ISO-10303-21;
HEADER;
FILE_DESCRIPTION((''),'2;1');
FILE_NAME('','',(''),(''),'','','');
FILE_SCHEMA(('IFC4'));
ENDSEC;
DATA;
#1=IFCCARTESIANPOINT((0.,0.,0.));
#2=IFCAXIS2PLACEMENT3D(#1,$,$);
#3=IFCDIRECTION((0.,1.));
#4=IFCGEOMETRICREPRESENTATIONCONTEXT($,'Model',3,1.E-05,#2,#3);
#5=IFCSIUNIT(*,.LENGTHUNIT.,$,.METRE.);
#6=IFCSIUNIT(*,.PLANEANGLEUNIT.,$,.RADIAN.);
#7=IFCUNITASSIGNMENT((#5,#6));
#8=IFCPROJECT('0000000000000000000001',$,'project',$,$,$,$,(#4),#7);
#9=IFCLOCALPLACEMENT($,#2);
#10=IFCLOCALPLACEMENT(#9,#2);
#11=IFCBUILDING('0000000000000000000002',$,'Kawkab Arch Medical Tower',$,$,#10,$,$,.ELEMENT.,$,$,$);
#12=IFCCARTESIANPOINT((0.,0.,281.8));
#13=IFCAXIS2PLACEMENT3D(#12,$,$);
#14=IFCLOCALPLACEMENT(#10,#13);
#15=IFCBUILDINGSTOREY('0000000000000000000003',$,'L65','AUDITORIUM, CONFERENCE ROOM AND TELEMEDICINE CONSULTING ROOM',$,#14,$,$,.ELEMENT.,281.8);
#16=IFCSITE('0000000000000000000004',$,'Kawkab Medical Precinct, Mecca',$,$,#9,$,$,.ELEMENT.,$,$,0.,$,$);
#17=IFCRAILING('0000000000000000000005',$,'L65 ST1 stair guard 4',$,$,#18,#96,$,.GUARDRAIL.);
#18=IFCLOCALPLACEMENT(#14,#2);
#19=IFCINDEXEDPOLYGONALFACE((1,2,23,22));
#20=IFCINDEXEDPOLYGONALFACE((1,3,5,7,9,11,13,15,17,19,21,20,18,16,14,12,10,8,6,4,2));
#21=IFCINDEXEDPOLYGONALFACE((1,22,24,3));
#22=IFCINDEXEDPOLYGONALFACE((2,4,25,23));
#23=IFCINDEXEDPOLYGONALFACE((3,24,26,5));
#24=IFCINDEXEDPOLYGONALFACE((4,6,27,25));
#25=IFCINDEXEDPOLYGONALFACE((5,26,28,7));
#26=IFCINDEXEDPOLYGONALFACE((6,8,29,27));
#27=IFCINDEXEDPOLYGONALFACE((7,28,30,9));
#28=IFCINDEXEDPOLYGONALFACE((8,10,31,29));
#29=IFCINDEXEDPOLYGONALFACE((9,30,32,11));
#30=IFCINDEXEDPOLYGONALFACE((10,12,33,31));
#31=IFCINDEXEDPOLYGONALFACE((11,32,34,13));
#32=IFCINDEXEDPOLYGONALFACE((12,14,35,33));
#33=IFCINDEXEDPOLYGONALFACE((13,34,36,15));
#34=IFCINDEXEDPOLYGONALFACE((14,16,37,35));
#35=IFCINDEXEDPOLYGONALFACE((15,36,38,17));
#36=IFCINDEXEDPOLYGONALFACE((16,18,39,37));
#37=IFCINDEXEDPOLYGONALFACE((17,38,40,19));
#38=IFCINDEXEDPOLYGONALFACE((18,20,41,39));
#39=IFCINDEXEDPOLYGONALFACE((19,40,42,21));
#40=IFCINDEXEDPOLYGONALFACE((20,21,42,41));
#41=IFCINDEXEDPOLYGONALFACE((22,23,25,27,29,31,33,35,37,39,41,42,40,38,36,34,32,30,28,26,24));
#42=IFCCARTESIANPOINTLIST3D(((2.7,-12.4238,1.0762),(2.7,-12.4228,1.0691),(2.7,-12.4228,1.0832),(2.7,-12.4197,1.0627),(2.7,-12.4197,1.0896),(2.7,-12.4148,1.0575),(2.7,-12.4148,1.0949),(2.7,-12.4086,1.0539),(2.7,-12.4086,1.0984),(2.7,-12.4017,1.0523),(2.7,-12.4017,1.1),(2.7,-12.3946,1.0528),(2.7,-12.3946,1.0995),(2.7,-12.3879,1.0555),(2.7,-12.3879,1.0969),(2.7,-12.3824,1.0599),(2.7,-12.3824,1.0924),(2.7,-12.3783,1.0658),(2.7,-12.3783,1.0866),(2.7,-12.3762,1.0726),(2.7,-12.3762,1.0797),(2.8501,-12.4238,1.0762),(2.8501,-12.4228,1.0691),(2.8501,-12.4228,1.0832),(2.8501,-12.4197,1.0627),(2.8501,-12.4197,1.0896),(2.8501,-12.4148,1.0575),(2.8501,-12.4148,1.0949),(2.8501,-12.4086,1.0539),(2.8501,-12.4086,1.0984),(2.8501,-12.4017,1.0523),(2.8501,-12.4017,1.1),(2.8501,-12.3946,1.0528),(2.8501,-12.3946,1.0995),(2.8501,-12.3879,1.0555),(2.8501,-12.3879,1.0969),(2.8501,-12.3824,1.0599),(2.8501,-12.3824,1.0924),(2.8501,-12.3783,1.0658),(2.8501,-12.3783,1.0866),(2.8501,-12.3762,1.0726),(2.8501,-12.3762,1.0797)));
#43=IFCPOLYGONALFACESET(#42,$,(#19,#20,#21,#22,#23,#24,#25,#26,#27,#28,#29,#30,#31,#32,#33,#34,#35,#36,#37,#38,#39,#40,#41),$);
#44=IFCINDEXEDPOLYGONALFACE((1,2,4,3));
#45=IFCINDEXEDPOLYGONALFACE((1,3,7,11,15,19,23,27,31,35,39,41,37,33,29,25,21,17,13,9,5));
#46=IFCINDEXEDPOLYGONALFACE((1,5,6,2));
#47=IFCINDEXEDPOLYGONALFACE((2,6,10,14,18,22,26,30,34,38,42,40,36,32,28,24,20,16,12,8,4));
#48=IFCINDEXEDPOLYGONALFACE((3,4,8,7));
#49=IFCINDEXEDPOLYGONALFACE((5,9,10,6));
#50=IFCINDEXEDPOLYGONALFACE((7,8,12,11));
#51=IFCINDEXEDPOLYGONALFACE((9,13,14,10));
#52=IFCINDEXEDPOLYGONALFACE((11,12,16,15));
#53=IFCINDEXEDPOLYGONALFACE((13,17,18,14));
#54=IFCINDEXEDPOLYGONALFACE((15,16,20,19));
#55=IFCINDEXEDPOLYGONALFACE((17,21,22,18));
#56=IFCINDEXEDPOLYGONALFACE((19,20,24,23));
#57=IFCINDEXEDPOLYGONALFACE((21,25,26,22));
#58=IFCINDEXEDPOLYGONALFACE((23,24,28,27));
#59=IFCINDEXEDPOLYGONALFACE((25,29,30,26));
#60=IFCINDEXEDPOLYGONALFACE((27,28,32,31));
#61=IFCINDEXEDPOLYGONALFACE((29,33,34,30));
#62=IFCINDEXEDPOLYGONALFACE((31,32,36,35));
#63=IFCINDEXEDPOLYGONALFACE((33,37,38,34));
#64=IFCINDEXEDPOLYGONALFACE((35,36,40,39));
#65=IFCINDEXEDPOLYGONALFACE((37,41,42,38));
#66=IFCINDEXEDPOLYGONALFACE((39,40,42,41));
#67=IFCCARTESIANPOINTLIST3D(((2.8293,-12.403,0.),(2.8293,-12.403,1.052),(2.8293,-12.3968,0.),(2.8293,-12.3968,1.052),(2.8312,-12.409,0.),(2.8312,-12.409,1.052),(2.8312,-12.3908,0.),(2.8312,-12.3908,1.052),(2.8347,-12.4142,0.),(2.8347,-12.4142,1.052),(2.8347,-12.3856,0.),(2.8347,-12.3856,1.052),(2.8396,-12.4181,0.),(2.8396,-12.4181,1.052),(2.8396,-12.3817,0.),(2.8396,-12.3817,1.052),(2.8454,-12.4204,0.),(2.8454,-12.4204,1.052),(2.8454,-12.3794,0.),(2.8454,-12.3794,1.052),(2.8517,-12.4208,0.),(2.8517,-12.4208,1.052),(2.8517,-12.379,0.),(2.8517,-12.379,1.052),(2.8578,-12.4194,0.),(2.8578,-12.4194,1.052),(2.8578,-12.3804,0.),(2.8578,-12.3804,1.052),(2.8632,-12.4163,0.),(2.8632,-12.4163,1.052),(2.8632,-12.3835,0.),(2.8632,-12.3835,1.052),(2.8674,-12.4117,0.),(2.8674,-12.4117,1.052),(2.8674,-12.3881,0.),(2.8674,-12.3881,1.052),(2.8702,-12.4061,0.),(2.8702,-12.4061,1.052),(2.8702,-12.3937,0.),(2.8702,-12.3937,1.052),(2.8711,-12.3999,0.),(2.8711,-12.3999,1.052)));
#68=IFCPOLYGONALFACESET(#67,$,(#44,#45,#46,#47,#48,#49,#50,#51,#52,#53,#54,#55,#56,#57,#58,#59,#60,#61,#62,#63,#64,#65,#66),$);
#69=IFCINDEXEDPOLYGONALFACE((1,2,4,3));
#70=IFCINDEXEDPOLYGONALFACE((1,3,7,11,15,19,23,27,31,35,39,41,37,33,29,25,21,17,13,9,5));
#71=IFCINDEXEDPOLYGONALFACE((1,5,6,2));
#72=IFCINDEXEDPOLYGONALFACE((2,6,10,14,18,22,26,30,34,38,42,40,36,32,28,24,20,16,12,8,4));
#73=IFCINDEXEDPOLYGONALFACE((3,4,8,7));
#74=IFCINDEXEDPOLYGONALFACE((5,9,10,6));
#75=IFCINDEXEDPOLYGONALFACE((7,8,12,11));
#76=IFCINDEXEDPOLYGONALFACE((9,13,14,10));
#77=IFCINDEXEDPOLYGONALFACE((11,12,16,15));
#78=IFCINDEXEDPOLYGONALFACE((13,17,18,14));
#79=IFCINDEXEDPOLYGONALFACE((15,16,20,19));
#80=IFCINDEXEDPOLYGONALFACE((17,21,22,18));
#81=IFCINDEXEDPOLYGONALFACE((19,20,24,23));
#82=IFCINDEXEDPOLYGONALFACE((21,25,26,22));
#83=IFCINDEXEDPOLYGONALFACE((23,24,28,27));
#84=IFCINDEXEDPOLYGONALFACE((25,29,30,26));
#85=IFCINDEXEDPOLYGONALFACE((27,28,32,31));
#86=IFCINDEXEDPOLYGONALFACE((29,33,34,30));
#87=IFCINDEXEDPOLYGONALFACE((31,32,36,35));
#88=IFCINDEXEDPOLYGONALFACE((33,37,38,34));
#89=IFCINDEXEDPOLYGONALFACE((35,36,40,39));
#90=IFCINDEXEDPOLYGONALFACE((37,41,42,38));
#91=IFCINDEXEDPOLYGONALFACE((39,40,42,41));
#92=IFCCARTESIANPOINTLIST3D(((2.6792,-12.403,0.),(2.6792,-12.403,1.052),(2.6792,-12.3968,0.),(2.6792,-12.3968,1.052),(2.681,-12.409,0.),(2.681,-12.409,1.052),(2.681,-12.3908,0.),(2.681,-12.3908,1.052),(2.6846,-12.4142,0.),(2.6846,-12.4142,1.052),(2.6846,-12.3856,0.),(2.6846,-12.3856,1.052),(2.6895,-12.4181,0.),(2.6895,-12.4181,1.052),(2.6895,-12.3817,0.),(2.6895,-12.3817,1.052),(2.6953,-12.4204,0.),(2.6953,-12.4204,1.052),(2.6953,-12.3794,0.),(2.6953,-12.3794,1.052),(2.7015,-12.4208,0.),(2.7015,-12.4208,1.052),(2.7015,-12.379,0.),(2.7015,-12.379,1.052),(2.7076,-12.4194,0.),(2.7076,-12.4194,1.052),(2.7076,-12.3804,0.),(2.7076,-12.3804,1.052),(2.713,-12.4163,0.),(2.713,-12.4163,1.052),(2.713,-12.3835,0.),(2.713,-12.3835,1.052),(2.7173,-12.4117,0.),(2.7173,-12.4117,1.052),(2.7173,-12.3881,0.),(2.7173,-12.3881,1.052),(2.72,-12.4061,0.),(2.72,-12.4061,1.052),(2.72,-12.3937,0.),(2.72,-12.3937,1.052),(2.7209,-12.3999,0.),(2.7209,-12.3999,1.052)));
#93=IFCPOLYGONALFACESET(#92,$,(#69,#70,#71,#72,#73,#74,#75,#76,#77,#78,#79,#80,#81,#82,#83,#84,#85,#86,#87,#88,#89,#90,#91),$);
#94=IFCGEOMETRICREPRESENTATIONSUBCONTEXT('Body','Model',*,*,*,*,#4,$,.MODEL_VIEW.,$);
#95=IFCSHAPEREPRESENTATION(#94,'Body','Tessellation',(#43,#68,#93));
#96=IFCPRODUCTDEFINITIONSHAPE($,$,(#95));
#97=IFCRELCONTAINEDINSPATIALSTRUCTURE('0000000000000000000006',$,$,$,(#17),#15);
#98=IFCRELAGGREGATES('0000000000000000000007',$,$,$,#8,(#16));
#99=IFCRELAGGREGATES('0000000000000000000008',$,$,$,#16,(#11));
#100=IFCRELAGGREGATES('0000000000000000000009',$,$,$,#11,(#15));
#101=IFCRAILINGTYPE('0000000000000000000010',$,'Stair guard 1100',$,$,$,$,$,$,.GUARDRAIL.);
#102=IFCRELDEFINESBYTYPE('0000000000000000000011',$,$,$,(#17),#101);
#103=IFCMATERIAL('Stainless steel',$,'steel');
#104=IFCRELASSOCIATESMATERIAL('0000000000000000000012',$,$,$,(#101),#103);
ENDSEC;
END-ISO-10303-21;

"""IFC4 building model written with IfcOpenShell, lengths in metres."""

from ifc_helpers import new_model, si_unit, direction, frame, origin, origin_2d, place, context, subcontext, project, spatial, circle, extrude, material, type_object, element, save


model = new_model("IFC4")

# Units and contexts
model_context = context("Model", 3, precision=1e-05, world=origin(), true_north=direction((0.0, 1.0)))
body_context = subcontext(model_context, "Body", "Model", "MODEL_VIEW")
ifc_project = project(units=[si_unit("LENGTHUNIT", "METRE"), si_unit("PLANEANGLEUNIT", "RADIAN")], contexts=[model_context])

# Site, building, storey
site_placement = place(None, origin())
site = spatial("IfcSite", under=ifc_project, at=site_placement, Name="Kawkab Medical Precinct, Mecca", CompositionType="ELEMENT", RefElevation=0.0)
building_placement = place(site_placement, origin())
building = spatial("IfcBuilding", under=site, at=building_placement, Name="Kawkab Arch Medical Tower", CompositionType="ELEMENT")
storey_placement = place(building_placement, frame((0.0, 0.0, 281.8)))
storey = spatial("IfcBuildingStorey", under=building, at=storey_placement, Name="L65", Description="AUDITORIUM, CONFERENCE ROOM AND TELEMEDICINE CONSULTING ROOM", CompositionType="ELEMENT", Elevation=281.8)

# Railing
ifc_material_1 = material(Name="Stainless steel", Category="steel")
railing_type_1 = type_object("IfcRailingType", Name="Stair guard 1100", PredefinedType="GUARDRAIL", material=ifc_material_1)
railing_1_placement = place(storey_placement, frame((2.8501, -12.3999, 0.0)))
element("IfcRailing", 1, at=railing_1_placement, inside=storey, type_object=railing_type_1, Name="L65 ST1 stair guard 4", PredefinedType="GUARDRAIL", context=body_context, shape_type="SweptSolid", body=[
    extrude(circle(Radius=0.0239, at=origin_2d()), frame((0.0, 0.0, 1.0762), z_axis=(-1.0, 0.0, 0.0), x_axis=(0.0, -1.0, 0.0)), (0.0, 0.0, 1.0), 0.1501),
    extrude(circle(Radius=0.021, at=origin_2d()), origin(), (0.0, 0.0, 1.0), 1.052),
    extrude(circle(Radius=0.021, at=origin_2d()), frame((-0.1501, 0.0, 0.0)), (0.0, 0.0, 1.0), 1.052),
])

save(model, "model.ifc")
